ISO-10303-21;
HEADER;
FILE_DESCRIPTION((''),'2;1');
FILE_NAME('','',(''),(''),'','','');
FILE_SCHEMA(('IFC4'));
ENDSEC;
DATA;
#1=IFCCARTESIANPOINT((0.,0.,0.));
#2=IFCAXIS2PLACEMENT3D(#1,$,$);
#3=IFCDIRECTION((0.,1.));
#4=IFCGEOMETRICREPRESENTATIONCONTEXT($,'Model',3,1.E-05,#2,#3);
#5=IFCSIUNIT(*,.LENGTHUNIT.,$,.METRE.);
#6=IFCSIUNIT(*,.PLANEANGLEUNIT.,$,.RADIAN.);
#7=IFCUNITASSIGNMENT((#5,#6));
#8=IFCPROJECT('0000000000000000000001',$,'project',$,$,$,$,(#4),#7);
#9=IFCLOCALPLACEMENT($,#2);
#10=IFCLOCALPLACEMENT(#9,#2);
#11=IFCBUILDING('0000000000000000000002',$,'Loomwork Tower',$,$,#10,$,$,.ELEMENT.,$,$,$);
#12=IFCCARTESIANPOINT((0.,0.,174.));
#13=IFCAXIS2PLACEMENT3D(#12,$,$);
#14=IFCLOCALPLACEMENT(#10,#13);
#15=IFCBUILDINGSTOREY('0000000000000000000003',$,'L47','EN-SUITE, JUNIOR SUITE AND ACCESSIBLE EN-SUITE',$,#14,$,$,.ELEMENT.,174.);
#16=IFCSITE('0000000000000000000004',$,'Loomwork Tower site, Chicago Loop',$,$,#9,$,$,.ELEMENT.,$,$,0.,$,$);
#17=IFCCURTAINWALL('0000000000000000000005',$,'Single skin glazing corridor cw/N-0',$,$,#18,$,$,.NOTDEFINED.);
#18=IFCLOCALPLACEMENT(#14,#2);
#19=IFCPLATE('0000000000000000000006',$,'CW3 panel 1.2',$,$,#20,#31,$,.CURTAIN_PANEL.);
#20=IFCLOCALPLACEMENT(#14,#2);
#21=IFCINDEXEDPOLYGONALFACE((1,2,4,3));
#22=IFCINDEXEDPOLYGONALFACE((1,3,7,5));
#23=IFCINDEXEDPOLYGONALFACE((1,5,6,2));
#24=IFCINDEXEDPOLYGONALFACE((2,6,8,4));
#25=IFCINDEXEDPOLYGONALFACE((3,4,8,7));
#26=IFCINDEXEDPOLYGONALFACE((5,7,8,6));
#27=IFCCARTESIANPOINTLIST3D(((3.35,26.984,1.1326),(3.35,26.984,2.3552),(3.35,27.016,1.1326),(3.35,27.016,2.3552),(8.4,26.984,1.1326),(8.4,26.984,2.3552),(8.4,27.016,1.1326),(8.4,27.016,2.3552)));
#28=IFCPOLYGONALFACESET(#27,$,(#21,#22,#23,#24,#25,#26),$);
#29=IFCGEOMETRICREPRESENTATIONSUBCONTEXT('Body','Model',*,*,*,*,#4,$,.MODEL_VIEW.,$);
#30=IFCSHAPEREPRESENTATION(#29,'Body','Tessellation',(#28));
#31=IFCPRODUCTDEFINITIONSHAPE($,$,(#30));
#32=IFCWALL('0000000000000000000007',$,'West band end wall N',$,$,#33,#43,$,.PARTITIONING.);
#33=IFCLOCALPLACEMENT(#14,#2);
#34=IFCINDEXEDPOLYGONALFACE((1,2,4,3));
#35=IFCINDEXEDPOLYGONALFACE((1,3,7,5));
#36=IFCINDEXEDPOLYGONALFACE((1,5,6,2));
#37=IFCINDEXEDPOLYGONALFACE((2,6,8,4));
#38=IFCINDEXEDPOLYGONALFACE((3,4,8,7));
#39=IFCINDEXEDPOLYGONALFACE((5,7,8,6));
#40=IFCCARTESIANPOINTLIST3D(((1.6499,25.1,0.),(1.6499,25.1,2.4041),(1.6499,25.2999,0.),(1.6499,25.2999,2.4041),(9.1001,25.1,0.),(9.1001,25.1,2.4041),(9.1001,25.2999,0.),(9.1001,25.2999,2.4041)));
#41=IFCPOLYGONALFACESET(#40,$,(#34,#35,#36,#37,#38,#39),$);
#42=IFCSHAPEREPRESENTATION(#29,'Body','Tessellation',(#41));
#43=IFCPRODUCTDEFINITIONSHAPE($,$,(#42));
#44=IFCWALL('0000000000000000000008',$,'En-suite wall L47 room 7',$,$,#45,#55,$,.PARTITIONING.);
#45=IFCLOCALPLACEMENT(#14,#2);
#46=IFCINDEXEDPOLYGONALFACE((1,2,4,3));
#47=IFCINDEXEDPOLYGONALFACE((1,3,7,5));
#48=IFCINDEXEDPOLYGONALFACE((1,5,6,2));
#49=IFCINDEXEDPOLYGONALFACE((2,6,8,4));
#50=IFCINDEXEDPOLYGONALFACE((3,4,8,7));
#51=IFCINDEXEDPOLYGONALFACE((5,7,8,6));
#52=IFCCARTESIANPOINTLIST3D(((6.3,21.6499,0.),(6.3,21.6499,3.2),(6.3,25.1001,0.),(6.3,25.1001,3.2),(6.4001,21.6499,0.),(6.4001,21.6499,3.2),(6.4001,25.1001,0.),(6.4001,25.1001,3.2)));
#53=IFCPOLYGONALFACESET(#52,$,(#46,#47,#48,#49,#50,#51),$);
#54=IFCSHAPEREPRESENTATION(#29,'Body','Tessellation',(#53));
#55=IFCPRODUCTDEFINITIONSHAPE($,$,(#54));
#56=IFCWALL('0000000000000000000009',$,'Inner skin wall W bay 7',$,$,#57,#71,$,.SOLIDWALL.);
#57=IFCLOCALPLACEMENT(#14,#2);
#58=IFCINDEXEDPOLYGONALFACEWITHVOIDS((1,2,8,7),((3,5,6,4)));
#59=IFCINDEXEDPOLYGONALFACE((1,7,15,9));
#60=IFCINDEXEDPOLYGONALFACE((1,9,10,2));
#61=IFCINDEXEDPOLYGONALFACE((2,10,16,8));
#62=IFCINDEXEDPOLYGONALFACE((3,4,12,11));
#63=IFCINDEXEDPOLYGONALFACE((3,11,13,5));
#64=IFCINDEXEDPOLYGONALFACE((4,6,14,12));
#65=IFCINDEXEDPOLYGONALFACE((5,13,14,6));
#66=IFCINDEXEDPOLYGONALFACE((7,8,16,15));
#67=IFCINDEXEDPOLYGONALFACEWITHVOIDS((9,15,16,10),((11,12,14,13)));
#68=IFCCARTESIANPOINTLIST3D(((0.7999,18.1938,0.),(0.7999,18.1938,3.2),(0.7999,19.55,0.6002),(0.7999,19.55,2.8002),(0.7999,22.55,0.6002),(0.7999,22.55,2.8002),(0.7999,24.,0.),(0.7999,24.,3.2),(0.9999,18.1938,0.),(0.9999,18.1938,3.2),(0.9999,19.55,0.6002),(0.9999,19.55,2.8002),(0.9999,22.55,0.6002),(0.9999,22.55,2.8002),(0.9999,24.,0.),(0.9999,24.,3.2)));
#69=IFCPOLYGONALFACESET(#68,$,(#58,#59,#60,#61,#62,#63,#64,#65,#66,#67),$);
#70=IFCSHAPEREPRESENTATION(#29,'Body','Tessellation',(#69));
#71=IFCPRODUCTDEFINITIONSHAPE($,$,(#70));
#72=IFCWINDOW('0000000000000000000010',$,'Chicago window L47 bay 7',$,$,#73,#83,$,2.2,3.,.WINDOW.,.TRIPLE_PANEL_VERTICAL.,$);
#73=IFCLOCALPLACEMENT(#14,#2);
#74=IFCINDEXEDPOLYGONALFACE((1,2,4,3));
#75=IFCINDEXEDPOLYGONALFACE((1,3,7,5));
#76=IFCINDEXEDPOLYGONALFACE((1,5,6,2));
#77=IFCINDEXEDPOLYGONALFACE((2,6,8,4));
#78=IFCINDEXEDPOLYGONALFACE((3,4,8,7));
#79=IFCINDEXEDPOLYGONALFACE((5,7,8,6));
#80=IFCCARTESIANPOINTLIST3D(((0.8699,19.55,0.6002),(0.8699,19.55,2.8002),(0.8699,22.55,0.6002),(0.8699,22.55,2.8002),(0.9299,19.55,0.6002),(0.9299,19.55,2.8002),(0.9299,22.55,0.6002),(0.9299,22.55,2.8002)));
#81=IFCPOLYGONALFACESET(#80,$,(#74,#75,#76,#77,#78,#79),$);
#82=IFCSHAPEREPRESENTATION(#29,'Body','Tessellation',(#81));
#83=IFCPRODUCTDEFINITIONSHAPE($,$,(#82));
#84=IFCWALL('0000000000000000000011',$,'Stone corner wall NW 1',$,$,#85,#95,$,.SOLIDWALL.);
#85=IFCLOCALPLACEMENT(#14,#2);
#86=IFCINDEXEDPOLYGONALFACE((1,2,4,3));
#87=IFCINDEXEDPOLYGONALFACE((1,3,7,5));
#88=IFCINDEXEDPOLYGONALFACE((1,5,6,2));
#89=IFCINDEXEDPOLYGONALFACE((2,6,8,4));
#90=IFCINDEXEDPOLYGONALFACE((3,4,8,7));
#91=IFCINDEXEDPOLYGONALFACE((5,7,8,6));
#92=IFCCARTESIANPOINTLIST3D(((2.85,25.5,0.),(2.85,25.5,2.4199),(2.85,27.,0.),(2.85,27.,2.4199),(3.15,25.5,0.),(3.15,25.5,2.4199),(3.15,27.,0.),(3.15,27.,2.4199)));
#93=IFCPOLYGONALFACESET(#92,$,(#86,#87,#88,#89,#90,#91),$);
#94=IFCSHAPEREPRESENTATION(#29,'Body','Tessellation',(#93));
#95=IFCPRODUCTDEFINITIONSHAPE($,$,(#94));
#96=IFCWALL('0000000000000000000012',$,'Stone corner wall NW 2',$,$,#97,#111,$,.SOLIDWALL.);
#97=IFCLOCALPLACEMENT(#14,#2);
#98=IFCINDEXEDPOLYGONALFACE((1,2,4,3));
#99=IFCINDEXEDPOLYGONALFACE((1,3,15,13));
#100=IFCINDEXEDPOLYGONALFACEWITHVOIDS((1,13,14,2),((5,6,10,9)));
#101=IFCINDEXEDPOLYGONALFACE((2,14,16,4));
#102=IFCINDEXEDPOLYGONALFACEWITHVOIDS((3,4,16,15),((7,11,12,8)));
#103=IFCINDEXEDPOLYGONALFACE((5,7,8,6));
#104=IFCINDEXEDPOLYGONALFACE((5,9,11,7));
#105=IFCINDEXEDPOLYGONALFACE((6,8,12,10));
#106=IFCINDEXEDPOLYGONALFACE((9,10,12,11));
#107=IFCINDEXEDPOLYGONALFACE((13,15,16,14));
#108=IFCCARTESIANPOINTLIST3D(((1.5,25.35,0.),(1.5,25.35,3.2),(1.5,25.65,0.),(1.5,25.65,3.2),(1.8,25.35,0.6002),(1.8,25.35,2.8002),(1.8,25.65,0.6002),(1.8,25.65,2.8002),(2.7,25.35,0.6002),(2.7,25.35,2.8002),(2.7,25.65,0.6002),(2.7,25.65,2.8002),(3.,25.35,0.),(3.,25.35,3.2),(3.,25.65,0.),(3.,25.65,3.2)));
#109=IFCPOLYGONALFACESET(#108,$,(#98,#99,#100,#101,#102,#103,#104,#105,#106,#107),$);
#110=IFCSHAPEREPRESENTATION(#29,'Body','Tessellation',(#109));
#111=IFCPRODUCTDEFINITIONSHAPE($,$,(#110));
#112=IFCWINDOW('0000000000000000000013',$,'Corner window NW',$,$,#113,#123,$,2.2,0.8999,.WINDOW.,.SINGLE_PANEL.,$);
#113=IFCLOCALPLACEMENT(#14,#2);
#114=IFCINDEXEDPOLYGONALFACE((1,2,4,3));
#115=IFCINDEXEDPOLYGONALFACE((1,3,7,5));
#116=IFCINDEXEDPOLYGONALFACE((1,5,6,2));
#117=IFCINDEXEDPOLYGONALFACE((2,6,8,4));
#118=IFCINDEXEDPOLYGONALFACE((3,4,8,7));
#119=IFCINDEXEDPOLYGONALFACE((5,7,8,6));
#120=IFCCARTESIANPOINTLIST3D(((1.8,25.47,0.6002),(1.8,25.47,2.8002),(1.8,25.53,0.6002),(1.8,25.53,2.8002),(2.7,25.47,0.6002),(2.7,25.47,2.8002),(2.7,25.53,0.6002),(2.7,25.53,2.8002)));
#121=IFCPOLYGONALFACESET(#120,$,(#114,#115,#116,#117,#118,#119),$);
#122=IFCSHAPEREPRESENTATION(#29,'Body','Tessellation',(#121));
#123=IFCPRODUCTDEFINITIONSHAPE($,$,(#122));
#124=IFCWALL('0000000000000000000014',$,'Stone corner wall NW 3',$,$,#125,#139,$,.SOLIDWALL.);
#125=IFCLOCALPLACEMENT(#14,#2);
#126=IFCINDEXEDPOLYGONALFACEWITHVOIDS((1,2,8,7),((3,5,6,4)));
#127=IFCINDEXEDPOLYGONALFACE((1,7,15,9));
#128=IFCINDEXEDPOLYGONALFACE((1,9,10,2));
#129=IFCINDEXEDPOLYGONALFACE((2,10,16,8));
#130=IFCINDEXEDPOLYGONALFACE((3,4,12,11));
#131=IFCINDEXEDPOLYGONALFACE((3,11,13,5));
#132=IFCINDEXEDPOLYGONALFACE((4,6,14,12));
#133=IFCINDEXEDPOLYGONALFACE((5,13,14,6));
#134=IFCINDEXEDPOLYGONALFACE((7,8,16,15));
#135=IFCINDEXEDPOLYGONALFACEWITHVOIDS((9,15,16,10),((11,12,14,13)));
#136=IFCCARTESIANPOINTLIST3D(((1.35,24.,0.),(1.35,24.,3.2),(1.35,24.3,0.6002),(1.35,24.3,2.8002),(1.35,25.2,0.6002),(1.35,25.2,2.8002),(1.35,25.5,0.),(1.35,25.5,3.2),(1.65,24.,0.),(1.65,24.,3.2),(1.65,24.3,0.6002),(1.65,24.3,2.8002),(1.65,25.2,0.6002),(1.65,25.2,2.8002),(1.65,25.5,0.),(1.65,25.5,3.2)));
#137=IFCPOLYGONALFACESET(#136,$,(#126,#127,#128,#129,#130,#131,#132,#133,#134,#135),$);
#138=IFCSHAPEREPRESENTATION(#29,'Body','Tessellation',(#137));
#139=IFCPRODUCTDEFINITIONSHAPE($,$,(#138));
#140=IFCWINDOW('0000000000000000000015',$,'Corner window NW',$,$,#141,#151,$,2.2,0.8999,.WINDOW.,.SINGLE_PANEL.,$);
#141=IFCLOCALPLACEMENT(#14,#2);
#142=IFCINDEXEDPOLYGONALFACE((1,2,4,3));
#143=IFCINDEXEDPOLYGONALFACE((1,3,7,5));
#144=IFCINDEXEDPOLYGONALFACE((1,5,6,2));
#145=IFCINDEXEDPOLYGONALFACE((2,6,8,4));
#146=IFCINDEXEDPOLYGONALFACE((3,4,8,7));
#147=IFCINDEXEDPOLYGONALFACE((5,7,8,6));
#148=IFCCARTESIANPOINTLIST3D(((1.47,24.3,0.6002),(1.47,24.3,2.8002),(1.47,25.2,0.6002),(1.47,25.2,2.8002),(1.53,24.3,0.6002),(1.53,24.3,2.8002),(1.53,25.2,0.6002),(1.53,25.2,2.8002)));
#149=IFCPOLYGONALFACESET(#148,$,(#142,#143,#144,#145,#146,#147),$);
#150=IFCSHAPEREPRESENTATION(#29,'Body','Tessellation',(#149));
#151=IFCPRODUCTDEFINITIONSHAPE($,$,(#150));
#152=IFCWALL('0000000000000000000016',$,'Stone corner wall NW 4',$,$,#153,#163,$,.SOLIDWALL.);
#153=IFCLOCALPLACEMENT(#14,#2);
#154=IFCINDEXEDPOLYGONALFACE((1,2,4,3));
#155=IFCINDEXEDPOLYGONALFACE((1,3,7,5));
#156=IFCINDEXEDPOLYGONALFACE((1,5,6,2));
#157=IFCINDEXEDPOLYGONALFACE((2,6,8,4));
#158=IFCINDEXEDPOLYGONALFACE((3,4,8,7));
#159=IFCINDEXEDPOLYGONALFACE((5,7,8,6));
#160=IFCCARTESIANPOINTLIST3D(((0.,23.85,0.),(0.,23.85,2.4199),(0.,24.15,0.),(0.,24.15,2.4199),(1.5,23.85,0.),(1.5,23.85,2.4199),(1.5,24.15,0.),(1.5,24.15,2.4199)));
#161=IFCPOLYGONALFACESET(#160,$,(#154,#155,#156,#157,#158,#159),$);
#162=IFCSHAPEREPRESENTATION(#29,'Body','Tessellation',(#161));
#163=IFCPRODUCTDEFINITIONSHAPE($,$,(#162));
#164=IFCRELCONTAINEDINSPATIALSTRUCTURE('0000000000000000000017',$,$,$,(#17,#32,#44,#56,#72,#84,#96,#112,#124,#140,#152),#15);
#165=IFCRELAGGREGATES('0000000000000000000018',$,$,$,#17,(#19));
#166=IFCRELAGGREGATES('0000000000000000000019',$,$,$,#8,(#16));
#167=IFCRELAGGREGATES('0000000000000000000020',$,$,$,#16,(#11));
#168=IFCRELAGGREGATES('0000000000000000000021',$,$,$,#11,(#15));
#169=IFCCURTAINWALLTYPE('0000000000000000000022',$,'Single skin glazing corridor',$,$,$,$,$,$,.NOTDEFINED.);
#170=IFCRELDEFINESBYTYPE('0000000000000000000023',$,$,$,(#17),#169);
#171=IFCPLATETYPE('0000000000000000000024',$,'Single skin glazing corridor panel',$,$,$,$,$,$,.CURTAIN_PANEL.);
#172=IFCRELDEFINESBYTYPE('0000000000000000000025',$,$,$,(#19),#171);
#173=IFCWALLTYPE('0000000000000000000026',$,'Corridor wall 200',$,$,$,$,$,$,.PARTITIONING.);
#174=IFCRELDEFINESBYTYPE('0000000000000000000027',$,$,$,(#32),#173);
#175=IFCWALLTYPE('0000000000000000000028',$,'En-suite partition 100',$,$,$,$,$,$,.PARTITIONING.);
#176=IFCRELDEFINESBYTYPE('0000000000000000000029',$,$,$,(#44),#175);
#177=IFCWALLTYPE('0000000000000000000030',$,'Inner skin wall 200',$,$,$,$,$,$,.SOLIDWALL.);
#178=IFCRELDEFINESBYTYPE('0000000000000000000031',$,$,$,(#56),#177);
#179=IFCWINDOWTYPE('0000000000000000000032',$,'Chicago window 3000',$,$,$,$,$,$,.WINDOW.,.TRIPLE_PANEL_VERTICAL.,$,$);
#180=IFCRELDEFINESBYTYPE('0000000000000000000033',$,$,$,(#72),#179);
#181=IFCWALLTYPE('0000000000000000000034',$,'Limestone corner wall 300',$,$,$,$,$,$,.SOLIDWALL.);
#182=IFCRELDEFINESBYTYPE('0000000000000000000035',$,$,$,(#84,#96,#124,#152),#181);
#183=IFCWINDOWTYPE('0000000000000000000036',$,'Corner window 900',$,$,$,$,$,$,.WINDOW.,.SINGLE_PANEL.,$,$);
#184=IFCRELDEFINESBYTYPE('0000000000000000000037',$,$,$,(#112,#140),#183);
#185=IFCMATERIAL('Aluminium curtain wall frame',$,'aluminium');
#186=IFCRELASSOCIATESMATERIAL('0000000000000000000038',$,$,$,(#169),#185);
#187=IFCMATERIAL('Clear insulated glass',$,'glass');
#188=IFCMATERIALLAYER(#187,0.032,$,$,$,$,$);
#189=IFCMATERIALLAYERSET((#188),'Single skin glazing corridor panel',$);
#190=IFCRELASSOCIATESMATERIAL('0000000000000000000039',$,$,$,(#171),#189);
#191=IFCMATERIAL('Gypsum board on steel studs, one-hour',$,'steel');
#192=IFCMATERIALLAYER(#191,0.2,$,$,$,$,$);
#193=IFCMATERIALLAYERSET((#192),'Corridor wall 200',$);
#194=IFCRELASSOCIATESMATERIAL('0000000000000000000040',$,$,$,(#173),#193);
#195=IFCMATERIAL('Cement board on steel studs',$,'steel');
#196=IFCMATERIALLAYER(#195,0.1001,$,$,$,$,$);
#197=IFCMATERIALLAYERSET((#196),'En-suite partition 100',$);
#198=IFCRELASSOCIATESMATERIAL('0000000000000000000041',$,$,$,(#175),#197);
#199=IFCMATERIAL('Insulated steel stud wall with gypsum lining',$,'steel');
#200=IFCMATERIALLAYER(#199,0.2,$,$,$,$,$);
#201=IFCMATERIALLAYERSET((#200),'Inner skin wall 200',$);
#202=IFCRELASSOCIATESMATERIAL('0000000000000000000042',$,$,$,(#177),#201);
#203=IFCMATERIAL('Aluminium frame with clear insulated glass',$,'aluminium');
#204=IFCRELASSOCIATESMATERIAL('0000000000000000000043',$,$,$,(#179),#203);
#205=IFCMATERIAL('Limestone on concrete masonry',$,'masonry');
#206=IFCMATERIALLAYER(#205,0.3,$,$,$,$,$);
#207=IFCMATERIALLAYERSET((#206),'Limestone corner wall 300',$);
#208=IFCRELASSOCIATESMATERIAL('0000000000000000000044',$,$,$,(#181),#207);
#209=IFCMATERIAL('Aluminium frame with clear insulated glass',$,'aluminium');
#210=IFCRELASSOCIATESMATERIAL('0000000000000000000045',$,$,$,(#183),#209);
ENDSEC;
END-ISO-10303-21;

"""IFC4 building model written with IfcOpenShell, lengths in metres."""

from ifc_helpers import new_model, si_unit, direction, frame, frame_2d, origin, origin_2d, place, context, subcontext, project, spatial, rectangle, extrude, material, layer, layer_set, type_object, element, fill, aggregate, save


model = new_model("IFC4")

# Units and contexts
model_context = context("Model", 3, precision=1e-05, world=origin(), true_north=direction((0.0, 1.0)))
body_context = subcontext(model_context, "Body", "Model", "MODEL_VIEW")
ifc_project = project(units=[si_unit("LENGTHUNIT", "METRE"), si_unit("PLANEANGLEUNIT", "RADIAN")], contexts=[model_context])

# Site, building, storey
site_placement = place(None, origin())
site = spatial("IfcSite", under=ifc_project, at=site_placement, Name="Loomwork Tower site, Chicago Loop", CompositionType="ELEMENT", RefElevation=0.0)
building_placement = place(site_placement, origin())
building = spatial("IfcBuilding", under=site, at=building_placement, Name="Loomwork Tower", CompositionType="ELEMENT")
storey_placement = place(building_placement, frame((0.0, 0.0, 174.0)))
storey = spatial("IfcBuildingStorey", under=building, at=storey_placement, Name="L47", Description="EN-SUITE, JUNIOR SUITE AND ACCESSIBLE EN-SUITE", CompositionType="ELEMENT", Elevation=174.0)

# Curtain wall
ifc_material_1 = material(Name="Aluminium curtain wall frame", Category="aluminium")
curtain_wall_type_1 = type_object("IfcCurtainWallType", Name="Single skin glazing corridor", PredefinedType="NOTDEFINED", material=ifc_material_1)
curtain_wall_1_placement = place(storey_placement, origin())
curtain_wall_1 = element("IfcCurtainWall", 1, at=curtain_wall_1_placement, inside=storey, type_object=curtain_wall_type_1, Name="Single skin glazing corridor cw/N-0", PredefinedType="NOTDEFINED")

# Plate
ifc_material_2 = material(Name="Clear insulated glass", Category="glass")
ifc_layer_1 = layer(ifc_material_2, 0.032)
ifc_layer_set_1 = layer_set([ifc_layer_1], Name="Single skin glazing corridor panel")
plate_type_1 = type_object("IfcPlateType", Name="Single skin glazing corridor panel", PredefinedType="CURTAIN_PANEL", material=ifc_layer_set_1)
plate_1_placement = place(storey_placement, frame((5.875, 27.0, 1.1326), z_axis=(0.0, 0.0, 1.0), x_axis=(-1.0, 0.0, 0.0)))
plate_1 = element("IfcPlate", 2, at=plate_1_placement, type_object=plate_type_1, Name="CW3 panel 1.2", PredefinedType="CURTAIN_PANEL", context=body_context, shape_type="SweptSolid", body=[
    extrude(rectangle(XDim=5.05, YDim=0.032, at=origin_2d()), origin(), (0.0, 0.0, 1.0), 1.2227),
])
aggregate(curtain_wall_1, [plate_1])

# Walls
ifc_material_3 = material(Name="Gypsum board on steel studs, one-hour", Category="steel")
ifc_layer_2 = layer(ifc_material_3, 0.2)
ifc_layer_set_2 = layer_set([ifc_layer_2], Name="Corridor wall 200")
wall_type_1 = type_object("IfcWallType", Name="Corridor wall 200", PredefinedType="PARTITIONING", material=ifc_layer_set_2)
wall_1_placement = place(storey_placement, frame((1.6499, 25.2, 0.0), z_axis=(0.0, 0.0, 1.0), x_axis=(1.0, 0.0, 0.0)))
element("IfcWall", 3, at=wall_1_placement, inside=storey, type_object=wall_type_1, Name="West band end wall N", PredefinedType="PARTITIONING", context=body_context, shape_type="SweptSolid", body=[
    extrude(rectangle(XDim=7.4502, YDim=0.2, at=frame_2d((3.7251, 0.0))), origin(), (0.0, 0.0, 1.0), 2.4041),
])
ifc_material_4 = material(Name="Cement board on steel studs", Category="steel")
ifc_layer_3 = layer(ifc_material_4, 0.1001)
ifc_layer_set_3 = layer_set([ifc_layer_3], Name="En-suite partition 100")
wall_type_2 = type_object("IfcWallType", Name="En-suite partition 100", PredefinedType="PARTITIONING", material=ifc_layer_set_3)
wall_2_placement = place(storey_placement, frame((6.3501, 21.6499, 0.0), z_axis=(0.0, 0.0, 1.0), x_axis=(0.0, 1.0, 0.0)))
element("IfcWall", 4, at=wall_2_placement, inside=storey, type_object=wall_type_2, Name="En-suite wall L47 room 7", PredefinedType="PARTITIONING", context=body_context, shape_type="SweptSolid", body=[
    extrude(rectangle(XDim=3.4502, YDim=0.1001, at=frame_2d((1.7251, 0.0))), origin(), (0.0, 0.0, 1.0), 3.2),
])

# Wall, opening, window
ifc_material_5 = material(Name="Insulated steel stud wall with gypsum lining", Category="steel")
ifc_layer_4 = layer(ifc_material_5, 0.2)
ifc_layer_set_4 = layer_set([ifc_layer_4], Name="Inner skin wall 200")
wall_type_3 = type_object("IfcWallType", Name="Inner skin wall 200", PredefinedType="SOLIDWALL", material=ifc_layer_set_4)
wall_3_placement = place(storey_placement, frame((0.8999, 18.1938, 0.0), z_axis=(0.0, 0.0, 1.0), x_axis=(0.0, 1.0, 0.0)))
wall_3 = element("IfcWall", 5, at=wall_3_placement, inside=storey, type_object=wall_type_3, Name="Inner skin wall W bay 7", PredefinedType="SOLIDWALL", context=body_context, shape_type="SweptSolid", body=[
    extrude(rectangle(XDim=5.8062, YDim=0.2, at=frame_2d((2.9031, 0.0))), origin(), (0.0, 0.0, 1.0), 3.2),
])
opening_1_placement = place(wall_3_placement, frame((1.3562, 0.0, 0.6001)))
opening_1 = element("IfcOpeningElement", 6, at=opening_1_placement, cuts=wall_3, PredefinedType="OPENING", context=body_context, shape_type="SweptSolid", body=[
    extrude(rectangle(XDim=3.0, YDim=2.2, at=frame_2d((1.5, 1.1001))), frame((0.0, 0.1099, 0.0), z_axis=(0.0, -1.0, 0.0), x_axis=(1.0, 0.0, 0.0)), (0.0, 0.0, 1.0), 0.22),
])
ifc_material_6 = material(Name="Aluminium frame with clear insulated glass", Category="aluminium")
window_type_1 = type_object("IfcWindowType", Name="Chicago window 3000", PartitioningType="TRIPLE_PANEL_VERTICAL", PredefinedType="WINDOW", material=ifc_material_6)
window_1_placement = place(opening_1_placement, origin())
window_1 = element("IfcWindow", 7, at=window_1_placement, inside=storey, type_object=window_type_1, Name="Chicago window L47 bay 7", OverallHeight=2.2, OverallWidth=3.0, PartitioningType="TRIPLE_PANEL_VERTICAL", PredefinedType="WINDOW", context=body_context, shape_type="SweptSolid", body=[
    extrude(rectangle(XDim=3.0, YDim=2.2, at=frame_2d((1.5, 1.1001))), frame((0.0, 0.03, 0.0), z_axis=(0.0, -1.0, 0.0), x_axis=(1.0, 0.0, 0.0)), (0.0, 0.0, 1.0), 0.0601),
])
fill(opening_1, window_1)

# Wall
ifc_material_7 = material(Name="Limestone on concrete masonry", Category="masonry")
ifc_layer_5 = layer(ifc_material_7, 0.3)
ifc_layer_set_5 = layer_set([ifc_layer_5], Name="Limestone corner wall 300")
wall_type_4 = type_object("IfcWallType", Name="Limestone corner wall 300", PredefinedType="SOLIDWALL", material=ifc_layer_set_5)
wall_4_placement = place(storey_placement, frame((3.0, 27.0, 0.0), z_axis=(0.0, 0.0, 1.0), x_axis=(0.0, -1.0, 0.0)))
element("IfcWall", 8, at=wall_4_placement, inside=storey, type_object=wall_type_4, Name="Stone corner wall NW 1", PredefinedType="SOLIDWALL", context=body_context, shape_type="SweptSolid", body=[
    extrude(rectangle(XDim=1.5, YDim=0.3, at=frame_2d((0.75, 0.0))), origin(), (0.0, 0.0, 1.0), 2.4199),
])

# Walls, openings, windows
wall_5_placement = place(storey_placement, frame((3.0, 25.5, 0.0), z_axis=(0.0, 0.0, 1.0), x_axis=(-1.0, 0.0, 0.0)))
wall_5 = element("IfcWall", 9, at=wall_5_placement, inside=storey, type_object=wall_type_4, Name="Stone corner wall NW 2", PredefinedType="SOLIDWALL", context=body_context, shape_type="SweptSolid", body=[
    extrude(rectangle(XDim=1.5, YDim=0.3, at=frame_2d((0.75, 0.0))), origin(), (0.0, 0.0, 1.0), 3.2),
])
opening_2_placement = place(wall_5_placement, frame((0.3, 0.0, 0.6001)))
opening_2 = element("IfcOpeningElement", 10, at=opening_2_placement, cuts=wall_5, PredefinedType="OPENING", context=body_context, shape_type="SweptSolid", body=[
    extrude(rectangle(XDim=0.8999, YDim=2.2, at=frame_2d((0.45, 1.1001))), frame((0.0, 0.1599, 0.0), z_axis=(0.0, -1.0, 0.0), x_axis=(1.0, 0.0, 0.0)), (0.0, 0.0, 1.0), 0.3201),
])
ifc_material_8 = material(Name="Aluminium frame with clear insulated glass", Category="aluminium")
window_type_2 = type_object("IfcWindowType", Name="Corner window 900", PartitioningType="SINGLE_PANEL", PredefinedType="WINDOW", material=ifc_material_8)
window_2_placement = place(opening_2_placement, origin())
window_2 = element("IfcWindow", 11, at=window_2_placement, inside=storey, type_object=window_type_2, Name="Corner window NW", OverallHeight=2.2, OverallWidth=0.8999, PartitioningType="SINGLE_PANEL", PredefinedType="WINDOW", context=body_context, shape_type="SweptSolid", body=[
    extrude(rectangle(XDim=0.8999, YDim=2.2, at=frame_2d((0.45, 1.1001))), frame((0.0, 0.03, 0.0), z_axis=(0.0, -1.0, 0.0), x_axis=(1.0, 0.0, 0.0)), (0.0, 0.0, 1.0), 0.0601),
])
fill(opening_2, window_2)
wall_6_placement = place(storey_placement, frame((1.5, 25.5, 0.0), z_axis=(0.0, 0.0, 1.0), x_axis=(0.0, -1.0, 0.0)))
wall_6 = element("IfcWall", 12, at=wall_6_placement, inside=storey, type_object=wall_type_4, Name="Stone corner wall NW 3", PredefinedType="SOLIDWALL", context=body_context, shape_type="SweptSolid", body=[
    extrude(rectangle(XDim=1.5, YDim=0.3, at=frame_2d((0.75, 0.0))), origin(), (0.0, 0.0, 1.0), 3.2),
])
opening_3_placement = place(wall_6_placement, frame((0.3, 0.0, 0.6001)))
opening_3 = element("IfcOpeningElement", 13, at=opening_3_placement, cuts=wall_6, PredefinedType="OPENING", context=body_context, shape_type="SweptSolid", body=[
    extrude(rectangle(XDim=0.8999, YDim=2.2, at=frame_2d((0.45, 1.1001))), frame((0.0, 0.1599, 0.0), z_axis=(0.0, -1.0, 0.0), x_axis=(1.0, 0.0, 0.0)), (0.0, 0.0, 1.0), 0.3201),
])
window_3_placement = place(opening_3_placement, origin())
window_3 = element("IfcWindow", 14, at=window_3_placement, inside=storey, type_object=window_type_2, Name="Corner window NW", OverallHeight=2.2, OverallWidth=0.8999, PartitioningType="SINGLE_PANEL", PredefinedType="WINDOW", context=body_context, shape_type="SweptSolid", body=[
    extrude(rectangle(XDim=0.8999, YDim=2.2, at=frame_2d((0.45, 1.1001))), frame((0.0, 0.03, 0.0), z_axis=(0.0, -1.0, 0.0), x_axis=(1.0, 0.0, 0.0)), (0.0, 0.0, 1.0), 0.0601),
])
fill(opening_3, window_3)

# Wall
wall_7_placement = place(storey_placement, frame((1.5, 24.0, 0.0), z_axis=(0.0, 0.0, 1.0), x_axis=(-1.0, 0.0, 0.0)))
element("IfcWall", 15, at=wall_7_placement, inside=storey, type_object=wall_type_4, Name="Stone corner wall NW 4", PredefinedType="SOLIDWALL", context=body_context, shape_type="SweptSolid", body=[
    extrude(rectangle(XDim=1.5, YDim=0.3, at=frame_2d((0.75, 0.0))), origin(), (0.0, 0.0, 1.0), 2.4199),
])

save(model, "model.ifc")
